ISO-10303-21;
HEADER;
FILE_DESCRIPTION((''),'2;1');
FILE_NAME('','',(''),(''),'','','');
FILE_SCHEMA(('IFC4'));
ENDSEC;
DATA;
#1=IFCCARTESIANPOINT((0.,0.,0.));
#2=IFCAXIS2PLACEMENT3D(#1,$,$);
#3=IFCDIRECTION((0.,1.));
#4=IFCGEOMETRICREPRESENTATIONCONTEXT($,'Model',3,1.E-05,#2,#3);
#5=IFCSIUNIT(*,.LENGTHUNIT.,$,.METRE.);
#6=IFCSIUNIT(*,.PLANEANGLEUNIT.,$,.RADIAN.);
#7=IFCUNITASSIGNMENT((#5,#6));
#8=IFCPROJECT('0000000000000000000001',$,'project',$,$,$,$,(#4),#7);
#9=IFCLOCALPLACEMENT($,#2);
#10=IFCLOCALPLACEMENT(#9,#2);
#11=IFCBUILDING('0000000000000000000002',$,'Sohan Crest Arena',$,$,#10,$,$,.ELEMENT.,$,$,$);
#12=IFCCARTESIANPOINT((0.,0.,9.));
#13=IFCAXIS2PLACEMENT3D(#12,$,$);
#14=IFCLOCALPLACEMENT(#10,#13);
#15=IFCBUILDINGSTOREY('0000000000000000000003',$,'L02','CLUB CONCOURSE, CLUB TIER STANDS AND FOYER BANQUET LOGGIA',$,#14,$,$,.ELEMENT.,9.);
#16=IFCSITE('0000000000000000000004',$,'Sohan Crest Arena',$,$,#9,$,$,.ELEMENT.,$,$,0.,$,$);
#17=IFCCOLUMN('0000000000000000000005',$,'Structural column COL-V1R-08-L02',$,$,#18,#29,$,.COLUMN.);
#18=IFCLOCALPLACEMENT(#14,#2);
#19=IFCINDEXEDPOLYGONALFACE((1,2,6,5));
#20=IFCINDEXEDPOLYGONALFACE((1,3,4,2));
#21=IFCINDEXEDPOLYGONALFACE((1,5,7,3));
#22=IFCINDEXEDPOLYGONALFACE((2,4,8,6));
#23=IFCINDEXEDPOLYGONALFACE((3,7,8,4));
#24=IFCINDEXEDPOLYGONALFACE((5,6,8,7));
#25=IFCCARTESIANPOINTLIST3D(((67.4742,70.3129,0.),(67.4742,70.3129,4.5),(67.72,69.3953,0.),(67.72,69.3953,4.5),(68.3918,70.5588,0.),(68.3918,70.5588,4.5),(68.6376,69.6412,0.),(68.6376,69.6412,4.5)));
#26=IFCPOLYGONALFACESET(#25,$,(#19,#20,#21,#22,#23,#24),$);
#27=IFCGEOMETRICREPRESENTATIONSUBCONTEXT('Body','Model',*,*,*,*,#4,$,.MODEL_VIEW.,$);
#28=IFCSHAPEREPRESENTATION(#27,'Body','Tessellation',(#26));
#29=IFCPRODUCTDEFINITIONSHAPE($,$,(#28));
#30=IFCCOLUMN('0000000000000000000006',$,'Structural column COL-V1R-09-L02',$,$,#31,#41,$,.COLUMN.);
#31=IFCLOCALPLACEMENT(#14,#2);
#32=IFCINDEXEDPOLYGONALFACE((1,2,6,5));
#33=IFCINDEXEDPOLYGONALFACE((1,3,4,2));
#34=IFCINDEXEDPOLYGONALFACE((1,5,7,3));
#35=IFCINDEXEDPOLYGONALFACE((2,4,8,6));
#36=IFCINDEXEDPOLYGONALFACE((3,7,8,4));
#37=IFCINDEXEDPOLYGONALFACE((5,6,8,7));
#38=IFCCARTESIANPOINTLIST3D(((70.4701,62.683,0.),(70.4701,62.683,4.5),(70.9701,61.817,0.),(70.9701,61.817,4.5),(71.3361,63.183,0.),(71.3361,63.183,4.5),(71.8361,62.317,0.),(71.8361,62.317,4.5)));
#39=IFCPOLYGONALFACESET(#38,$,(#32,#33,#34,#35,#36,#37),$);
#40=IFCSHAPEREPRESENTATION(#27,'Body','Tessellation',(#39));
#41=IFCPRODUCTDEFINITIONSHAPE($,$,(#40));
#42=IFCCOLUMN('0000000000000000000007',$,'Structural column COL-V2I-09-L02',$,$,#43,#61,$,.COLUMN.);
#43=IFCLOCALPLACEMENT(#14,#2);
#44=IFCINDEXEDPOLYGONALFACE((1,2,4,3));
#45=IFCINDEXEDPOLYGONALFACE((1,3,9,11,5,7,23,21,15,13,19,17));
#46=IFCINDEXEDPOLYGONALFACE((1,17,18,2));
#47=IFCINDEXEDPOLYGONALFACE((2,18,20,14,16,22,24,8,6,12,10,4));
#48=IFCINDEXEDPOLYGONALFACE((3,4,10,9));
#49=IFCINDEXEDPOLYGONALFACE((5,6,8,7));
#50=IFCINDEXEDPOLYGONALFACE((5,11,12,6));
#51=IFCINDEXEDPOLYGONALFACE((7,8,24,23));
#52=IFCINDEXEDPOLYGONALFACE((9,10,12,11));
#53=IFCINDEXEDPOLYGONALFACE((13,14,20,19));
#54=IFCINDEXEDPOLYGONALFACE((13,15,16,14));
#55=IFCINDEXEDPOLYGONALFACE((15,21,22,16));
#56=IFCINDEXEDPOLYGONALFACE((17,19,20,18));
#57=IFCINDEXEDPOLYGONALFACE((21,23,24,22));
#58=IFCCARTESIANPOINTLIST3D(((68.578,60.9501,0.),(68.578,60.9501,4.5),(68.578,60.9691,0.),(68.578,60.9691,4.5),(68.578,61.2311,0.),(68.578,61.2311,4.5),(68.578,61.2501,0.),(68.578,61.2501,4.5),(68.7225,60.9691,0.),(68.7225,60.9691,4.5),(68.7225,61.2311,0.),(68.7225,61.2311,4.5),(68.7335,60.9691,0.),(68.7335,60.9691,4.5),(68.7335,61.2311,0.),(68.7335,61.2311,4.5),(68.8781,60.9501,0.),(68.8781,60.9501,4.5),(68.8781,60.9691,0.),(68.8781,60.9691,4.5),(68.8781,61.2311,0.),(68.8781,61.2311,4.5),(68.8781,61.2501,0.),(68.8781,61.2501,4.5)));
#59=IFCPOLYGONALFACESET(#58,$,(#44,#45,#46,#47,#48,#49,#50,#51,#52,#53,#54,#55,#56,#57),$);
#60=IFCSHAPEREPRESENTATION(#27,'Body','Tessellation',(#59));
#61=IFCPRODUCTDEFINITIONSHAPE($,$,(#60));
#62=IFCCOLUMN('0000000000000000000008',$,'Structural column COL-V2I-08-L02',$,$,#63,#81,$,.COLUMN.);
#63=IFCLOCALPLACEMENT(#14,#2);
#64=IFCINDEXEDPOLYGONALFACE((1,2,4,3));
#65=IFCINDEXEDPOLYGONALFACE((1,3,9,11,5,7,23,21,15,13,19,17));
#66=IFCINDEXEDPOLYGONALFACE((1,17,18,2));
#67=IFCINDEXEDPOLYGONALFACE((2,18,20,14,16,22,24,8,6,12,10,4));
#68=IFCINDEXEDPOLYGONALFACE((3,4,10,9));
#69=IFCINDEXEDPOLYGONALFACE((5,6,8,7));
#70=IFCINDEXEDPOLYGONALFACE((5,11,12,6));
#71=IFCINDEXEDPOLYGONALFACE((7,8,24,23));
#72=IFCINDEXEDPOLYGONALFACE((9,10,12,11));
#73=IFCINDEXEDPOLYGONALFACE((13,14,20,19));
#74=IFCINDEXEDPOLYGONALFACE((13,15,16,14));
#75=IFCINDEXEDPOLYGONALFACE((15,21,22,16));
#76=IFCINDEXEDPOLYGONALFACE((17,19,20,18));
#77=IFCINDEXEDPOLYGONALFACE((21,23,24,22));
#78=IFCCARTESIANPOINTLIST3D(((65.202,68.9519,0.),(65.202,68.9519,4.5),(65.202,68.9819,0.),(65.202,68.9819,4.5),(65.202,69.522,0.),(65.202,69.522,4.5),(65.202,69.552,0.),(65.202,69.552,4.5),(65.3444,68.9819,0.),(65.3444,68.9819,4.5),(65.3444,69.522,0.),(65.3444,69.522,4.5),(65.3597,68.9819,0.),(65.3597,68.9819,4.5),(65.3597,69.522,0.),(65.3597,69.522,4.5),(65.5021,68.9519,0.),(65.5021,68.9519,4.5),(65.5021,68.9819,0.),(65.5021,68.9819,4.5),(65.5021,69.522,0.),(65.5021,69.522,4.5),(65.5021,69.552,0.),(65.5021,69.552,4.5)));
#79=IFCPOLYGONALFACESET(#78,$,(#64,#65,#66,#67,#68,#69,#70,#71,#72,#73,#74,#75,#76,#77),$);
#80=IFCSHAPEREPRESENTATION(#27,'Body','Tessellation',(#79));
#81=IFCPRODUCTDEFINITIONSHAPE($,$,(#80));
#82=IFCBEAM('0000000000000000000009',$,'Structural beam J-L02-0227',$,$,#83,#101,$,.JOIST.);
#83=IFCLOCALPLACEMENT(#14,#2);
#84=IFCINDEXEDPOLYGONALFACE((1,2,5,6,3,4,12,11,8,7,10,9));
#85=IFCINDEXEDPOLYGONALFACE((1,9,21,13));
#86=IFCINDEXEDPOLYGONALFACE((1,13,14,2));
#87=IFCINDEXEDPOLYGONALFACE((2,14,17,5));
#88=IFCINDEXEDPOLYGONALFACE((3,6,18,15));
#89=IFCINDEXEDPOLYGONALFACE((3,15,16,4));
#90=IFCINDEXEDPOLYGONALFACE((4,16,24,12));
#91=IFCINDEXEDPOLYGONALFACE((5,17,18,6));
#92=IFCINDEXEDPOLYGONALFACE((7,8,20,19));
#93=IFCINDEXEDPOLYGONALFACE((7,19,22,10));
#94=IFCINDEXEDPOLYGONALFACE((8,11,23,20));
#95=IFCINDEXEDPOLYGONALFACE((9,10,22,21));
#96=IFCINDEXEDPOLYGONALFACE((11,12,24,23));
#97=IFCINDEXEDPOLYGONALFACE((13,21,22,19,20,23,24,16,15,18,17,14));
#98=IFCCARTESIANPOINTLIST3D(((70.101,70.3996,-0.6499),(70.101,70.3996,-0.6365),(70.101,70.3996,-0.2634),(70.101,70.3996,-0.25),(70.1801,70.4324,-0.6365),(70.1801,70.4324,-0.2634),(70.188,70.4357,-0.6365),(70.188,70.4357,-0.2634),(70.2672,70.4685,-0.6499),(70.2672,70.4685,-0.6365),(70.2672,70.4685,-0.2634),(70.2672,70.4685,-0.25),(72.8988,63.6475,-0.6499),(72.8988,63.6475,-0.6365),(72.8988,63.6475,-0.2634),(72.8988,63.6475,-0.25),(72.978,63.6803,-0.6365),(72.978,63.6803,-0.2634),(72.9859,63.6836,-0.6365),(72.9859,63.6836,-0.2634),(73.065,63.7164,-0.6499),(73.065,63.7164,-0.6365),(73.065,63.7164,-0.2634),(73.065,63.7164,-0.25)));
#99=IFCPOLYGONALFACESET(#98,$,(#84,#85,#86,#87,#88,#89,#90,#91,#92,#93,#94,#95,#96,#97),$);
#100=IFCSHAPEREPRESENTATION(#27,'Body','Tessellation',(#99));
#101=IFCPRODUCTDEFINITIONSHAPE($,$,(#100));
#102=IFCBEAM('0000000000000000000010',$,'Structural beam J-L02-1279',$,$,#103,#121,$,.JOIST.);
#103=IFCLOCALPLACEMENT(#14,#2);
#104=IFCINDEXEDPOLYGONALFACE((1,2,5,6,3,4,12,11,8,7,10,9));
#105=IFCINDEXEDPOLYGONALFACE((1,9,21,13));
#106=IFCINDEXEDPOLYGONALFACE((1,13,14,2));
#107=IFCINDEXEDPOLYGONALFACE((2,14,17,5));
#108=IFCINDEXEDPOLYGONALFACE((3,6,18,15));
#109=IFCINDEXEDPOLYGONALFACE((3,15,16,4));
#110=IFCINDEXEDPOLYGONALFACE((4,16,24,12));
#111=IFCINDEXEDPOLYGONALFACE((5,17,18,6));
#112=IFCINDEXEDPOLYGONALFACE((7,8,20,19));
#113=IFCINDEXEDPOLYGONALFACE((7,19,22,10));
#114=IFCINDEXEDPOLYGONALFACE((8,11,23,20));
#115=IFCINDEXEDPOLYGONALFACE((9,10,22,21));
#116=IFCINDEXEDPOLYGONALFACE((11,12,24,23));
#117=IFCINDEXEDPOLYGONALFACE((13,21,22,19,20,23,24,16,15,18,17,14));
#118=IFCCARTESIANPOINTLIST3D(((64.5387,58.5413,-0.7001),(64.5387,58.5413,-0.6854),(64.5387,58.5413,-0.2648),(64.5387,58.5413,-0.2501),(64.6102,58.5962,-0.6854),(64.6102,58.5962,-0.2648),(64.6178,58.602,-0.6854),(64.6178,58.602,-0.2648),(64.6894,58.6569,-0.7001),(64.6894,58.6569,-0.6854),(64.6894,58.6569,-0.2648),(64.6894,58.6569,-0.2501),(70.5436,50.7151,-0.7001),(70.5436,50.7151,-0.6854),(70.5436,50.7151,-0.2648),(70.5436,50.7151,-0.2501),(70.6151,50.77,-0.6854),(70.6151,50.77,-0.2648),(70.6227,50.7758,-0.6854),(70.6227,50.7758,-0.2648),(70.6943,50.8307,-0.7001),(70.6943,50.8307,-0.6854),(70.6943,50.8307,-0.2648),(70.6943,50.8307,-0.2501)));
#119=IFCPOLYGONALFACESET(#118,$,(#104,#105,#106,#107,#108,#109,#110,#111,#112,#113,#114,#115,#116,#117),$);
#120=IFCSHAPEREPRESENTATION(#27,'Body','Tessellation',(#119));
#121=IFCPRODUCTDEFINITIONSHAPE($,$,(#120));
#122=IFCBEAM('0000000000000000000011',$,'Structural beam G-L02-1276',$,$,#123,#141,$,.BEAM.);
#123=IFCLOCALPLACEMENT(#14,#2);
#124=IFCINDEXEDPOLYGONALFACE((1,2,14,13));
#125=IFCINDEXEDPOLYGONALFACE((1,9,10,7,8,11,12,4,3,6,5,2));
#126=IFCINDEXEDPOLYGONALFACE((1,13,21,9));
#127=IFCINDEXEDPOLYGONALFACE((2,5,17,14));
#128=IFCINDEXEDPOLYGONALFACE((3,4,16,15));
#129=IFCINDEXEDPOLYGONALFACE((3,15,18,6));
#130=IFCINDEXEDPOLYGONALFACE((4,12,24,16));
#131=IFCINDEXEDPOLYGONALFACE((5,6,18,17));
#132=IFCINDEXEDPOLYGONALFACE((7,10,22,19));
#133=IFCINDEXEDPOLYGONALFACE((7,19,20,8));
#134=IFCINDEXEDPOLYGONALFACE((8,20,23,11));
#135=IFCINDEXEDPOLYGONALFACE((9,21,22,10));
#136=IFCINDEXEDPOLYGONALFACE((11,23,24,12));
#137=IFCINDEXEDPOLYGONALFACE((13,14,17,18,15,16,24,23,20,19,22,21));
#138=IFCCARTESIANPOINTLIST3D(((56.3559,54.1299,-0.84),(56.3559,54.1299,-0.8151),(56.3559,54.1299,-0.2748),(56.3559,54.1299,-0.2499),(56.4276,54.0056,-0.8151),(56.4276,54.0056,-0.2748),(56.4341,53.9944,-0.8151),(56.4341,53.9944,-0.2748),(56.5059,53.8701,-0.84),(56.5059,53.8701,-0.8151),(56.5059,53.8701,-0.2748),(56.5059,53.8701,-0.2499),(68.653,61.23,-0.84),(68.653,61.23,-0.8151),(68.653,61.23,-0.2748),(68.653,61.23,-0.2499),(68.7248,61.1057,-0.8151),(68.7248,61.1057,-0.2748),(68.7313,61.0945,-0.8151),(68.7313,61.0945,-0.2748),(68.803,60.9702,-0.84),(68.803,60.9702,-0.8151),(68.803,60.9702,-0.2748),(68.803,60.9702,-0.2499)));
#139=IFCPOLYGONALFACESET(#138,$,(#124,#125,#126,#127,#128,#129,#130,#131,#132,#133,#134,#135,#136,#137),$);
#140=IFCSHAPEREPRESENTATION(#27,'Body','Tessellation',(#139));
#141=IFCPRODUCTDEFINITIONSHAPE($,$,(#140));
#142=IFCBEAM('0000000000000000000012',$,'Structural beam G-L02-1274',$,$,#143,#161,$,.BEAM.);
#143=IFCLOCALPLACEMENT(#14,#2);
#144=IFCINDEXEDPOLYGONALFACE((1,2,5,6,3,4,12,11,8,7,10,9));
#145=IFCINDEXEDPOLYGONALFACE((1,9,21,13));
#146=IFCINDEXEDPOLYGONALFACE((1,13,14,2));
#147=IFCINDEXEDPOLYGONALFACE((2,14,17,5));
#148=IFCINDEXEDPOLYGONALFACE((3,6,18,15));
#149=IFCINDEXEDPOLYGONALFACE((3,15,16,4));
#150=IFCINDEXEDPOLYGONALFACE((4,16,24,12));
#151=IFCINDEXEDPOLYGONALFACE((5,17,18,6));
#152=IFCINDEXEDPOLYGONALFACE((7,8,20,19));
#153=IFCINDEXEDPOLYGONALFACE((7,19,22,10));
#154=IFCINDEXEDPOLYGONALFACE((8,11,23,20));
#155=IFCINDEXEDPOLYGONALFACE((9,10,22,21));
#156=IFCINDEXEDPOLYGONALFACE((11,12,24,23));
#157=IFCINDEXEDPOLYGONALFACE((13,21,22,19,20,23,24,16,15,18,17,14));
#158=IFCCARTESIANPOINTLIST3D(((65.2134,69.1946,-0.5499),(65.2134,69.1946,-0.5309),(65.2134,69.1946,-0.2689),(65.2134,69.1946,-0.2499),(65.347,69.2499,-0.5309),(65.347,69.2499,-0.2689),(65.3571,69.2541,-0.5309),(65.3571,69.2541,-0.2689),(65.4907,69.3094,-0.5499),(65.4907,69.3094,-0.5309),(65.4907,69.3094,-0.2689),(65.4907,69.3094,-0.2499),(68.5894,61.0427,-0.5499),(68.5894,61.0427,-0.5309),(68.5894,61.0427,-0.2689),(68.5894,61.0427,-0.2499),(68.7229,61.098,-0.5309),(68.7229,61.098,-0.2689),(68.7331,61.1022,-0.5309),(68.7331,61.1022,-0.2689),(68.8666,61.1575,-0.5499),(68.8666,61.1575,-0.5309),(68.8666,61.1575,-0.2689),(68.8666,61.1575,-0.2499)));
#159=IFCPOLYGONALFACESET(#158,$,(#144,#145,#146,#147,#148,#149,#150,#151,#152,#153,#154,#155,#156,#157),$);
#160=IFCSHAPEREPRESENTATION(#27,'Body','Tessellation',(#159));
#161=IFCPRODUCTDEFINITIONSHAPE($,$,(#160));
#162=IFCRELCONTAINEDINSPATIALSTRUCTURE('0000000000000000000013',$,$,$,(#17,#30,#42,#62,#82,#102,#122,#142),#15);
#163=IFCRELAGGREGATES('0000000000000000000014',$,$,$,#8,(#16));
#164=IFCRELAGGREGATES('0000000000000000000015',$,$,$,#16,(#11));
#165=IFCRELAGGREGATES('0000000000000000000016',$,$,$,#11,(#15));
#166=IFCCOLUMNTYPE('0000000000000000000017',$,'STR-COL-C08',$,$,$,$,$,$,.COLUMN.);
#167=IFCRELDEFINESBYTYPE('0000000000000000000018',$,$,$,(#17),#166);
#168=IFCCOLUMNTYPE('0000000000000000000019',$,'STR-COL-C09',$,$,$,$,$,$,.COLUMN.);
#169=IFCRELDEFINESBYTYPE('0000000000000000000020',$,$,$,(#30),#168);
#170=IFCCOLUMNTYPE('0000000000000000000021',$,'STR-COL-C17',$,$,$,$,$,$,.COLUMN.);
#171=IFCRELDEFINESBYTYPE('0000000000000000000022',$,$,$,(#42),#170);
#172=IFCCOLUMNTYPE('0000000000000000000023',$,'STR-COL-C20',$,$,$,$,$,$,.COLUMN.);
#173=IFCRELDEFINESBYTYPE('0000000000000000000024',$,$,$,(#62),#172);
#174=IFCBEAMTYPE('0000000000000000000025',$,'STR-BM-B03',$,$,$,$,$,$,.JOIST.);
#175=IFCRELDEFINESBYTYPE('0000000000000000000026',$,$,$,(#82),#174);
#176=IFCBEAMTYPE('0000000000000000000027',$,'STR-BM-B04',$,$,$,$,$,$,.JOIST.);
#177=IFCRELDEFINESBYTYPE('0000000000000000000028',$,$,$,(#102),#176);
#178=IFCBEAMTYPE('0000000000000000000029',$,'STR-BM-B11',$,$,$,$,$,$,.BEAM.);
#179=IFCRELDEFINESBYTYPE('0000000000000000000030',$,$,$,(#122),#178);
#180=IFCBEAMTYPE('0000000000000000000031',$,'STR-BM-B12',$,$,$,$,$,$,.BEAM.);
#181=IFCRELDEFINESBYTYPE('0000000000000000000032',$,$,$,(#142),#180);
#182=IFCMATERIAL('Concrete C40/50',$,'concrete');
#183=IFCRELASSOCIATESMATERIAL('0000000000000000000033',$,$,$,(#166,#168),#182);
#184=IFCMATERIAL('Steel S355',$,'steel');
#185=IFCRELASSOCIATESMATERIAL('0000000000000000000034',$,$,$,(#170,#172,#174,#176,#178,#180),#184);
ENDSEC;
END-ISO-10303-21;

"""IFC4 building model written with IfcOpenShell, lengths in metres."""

from ifc_helpers import new_model, si_unit, direction, frame, origin, origin_2d, place, context, subcontext, project, spatial, rectangle, i_section, extrude, material, material_profile, profile_set, type_object, element, save


model = new_model("IFC4")

# Units and contexts
model_context = context("Model", 3, precision=1e-05, world=origin(), true_north=direction((0.0, 1.0)))
body_context = subcontext(model_context, "Body", "Model", "MODEL_VIEW")
ifc_project = project(units=[si_unit("LENGTHUNIT", "METRE"), si_unit("PLANEANGLEUNIT", "RADIAN")], contexts=[model_context])

# Site, building, storey
site_placement = place(None, origin())
site = spatial("IfcSite", under=ifc_project, at=site_placement, Name="Sohan Crest Arena", CompositionType="ELEMENT", RefElevation=0.0)
building_placement = place(site_placement, origin())
building = spatial("IfcBuilding", under=site, at=building_placement, Name="Sohan Crest Arena", CompositionType="ELEMENT")
storey_placement = place(building_placement, frame((0.0, 0.0, 9.0)))
storey = spatial("IfcBuildingStorey", under=building, at=storey_placement, Name="L02", Description="CLUB CONCOURSE, CLUB TIER STANDS AND FOYER BANQUET LOGGIA", CompositionType="ELEMENT", Elevation=9.0)

# Columns
ifc_material_1 = material(Name="Concrete C40/50", Category="concrete")
ifc_material_profile_1 = material_profile(ifc_material_1, rectangle(XDim=0.95, YDim=0.95, at=origin_2d()), Name="RC 950x950")
ifc_profile_set_1 = profile_set([ifc_material_profile_1], Name="Concrete C40/50")
column_type_1 = type_object("IfcColumnType", Name="STR-COL-C08", PredefinedType="COLUMN", material=ifc_profile_set_1)
column_1_placement = place(storey_placement, frame((68.0559, 69.9771, 0.0), z_axis=(0.0, 0.0, 1.0), x_axis=(0.965926, 0.258819, 0.0)))
element("IfcColumn", 1, at=column_1_placement, inside=storey, type_object=column_type_1, Name="Structural column COL-V1R-08-L02", PredefinedType="COLUMN", context=body_context, shape_type="SweptSolid", body=[
    extrude(rectangle(XDim=0.95, YDim=0.95, at=origin_2d()), origin(), (0.0, 0.0, 1.0), 4.5),
])
ifc_material_profile_2 = material_profile(ifc_material_1, rectangle(XDim=1.0, YDim=1.0, at=origin_2d()), Name="RC 1000x1000")
ifc_profile_set_2 = profile_set([ifc_material_profile_2], Name="Concrete C40/50")
column_type_2 = type_object("IfcColumnType", Name="STR-COL-C09", PredefinedType="COLUMN", material=ifc_profile_set_2)
column_2_placement = place(storey_placement, frame((71.1531, 62.5, 0.0), z_axis=(0.0, 0.0, 1.0), x_axis=(0.866025, 0.5, 0.0)))
element("IfcColumn", 2, at=column_2_placement, inside=storey, type_object=column_type_2, Name="Structural column COL-V1R-09-L02", PredefinedType="COLUMN", context=body_context, shape_type="SweptSolid", body=[
    extrude(rectangle(XDim=1.0, YDim=1.0, at=origin_2d()), origin(), (0.0, 0.0, 1.0), 4.5),
])
ifc_material_2 = material(Name="Steel S355", Category="steel")
ifc_material_profile_3 = material_profile(ifc_material_2, i_section(OverallWidth=0.3, OverallDepth=0.3, WebThickness=0.011, FlangeThickness=0.019, at=origin_2d()), Name="HEB 300")
ifc_profile_set_3 = profile_set([ifc_material_profile_3], Name="Steel S355")
column_type_3 = type_object("IfcColumnType", Name="STR-COL-C17", PredefinedType="COLUMN", material=ifc_profile_set_3)
column_3_placement = place(storey_placement, frame((68.728, 61.1001, 0.0), z_axis=(0.0, 0.0, 1.0), x_axis=(1.0, 0.0, 0.0)))
element("IfcColumn", 3, at=column_3_placement, inside=storey, type_object=column_type_3, Name="Structural column COL-V2I-09-L02", PredefinedType="COLUMN", context=body_context, shape_type="SweptSolid", body=[
    extrude(i_section(OverallWidth=0.3, OverallDepth=0.3, WebThickness=0.011, FlangeThickness=0.019, at=origin_2d()), origin(), (0.0, 0.0, 1.0), 4.5),
])
ifc_material_profile_4 = material_profile(ifc_material_2, i_section(OverallWidth=0.3, OverallDepth=0.6001, WebThickness=0.0154, FlangeThickness=0.03, at=origin_2d()), Name="HEB 600")
ifc_profile_set_4 = profile_set([ifc_material_profile_4], Name="Steel S355")
column_type_4 = type_object("IfcColumnType", Name="STR-COL-C20", PredefinedType="COLUMN", material=ifc_profile_set_4)
column_4_placement = place(storey_placement, frame((65.3521, 69.252, 0.0), z_axis=(0.0, 0.0, 1.0), x_axis=(1.0, 0.0, 0.0)))
element("IfcColumn", 4, at=column_4_placement, inside=storey, type_object=column_type_4, Name="Structural column COL-V2I-08-L02", PredefinedType="COLUMN", context=body_context, shape_type="SweptSolid", body=[
    extrude(i_section(OverallWidth=0.3, OverallDepth=0.6001, WebThickness=0.0154, FlangeThickness=0.03, at=origin_2d()), origin(), (0.0, 0.0, 1.0), 4.5),
])

# Beams
ifc_material_profile_5 = material_profile(ifc_material_2, i_section(OverallWidth=0.1799, OverallDepth=0.3999, WebThickness=0.0085, FlangeThickness=0.0134, at=origin_2d()), Name="IPE 400")
ifc_profile_set_5 = profile_set([ifc_material_profile_5], Name="Steel S355")
beam_type_1 = type_object("IfcBeamType", Name="STR-BM-B03", PredefinedType="JOIST", material=ifc_profile_set_5)
beam_1_placement = place(storey_placement, frame((70.1841, 70.4341, -0.45), z_axis=(0.3828, -0.923831, 0.0), x_axis=(0.923831, 0.3828, 0.0)))
element("IfcBeam", 5, at=beam_1_placement, inside=storey, type_object=beam_type_1, Name="Structural beam J-L02-0227", PredefinedType="JOIST", context=body_context, shape_type="SweptSolid", body=[
    extrude(i_section(OverallWidth=0.1799, OverallDepth=0.3999, WebThickness=0.0085, FlangeThickness=0.0134, at=origin_2d()), origin(), (0.0, 0.0, 1.0), 7.3088),
])
ifc_material_profile_6 = material_profile(ifc_material_2, i_section(OverallWidth=0.1899, OverallDepth=0.45, WebThickness=0.0095, FlangeThickness=0.0146, at=origin_2d()), Name="IPE 450")
ifc_profile_set_6 = profile_set([ifc_material_profile_6], Name="Steel S355")
beam_type_2 = type_object("IfcBeamType", Name="STR-BM-B04", PredefinedType="JOIST", material=ifc_profile_set_6)
beam_2_placement = place(storey_placement, frame((64.614, 58.5991, -0.4751), z_axis=(0.608739, -0.79337, 0.0), x_axis=(0.79337, 0.608739, 0.0)))
element("IfcBeam", 6, at=beam_2_placement, inside=storey, type_object=beam_type_2, Name="Structural beam J-L02-1279", PredefinedType="JOIST", context=body_context, shape_type="SweptSolid", body=[
    extrude(i_section(OverallWidth=0.1899, OverallDepth=0.45, WebThickness=0.0095, FlangeThickness=0.0146, at=origin_2d()), origin(), (0.0, 0.0, 1.0), 9.8645),
])
ifc_material_profile_7 = material_profile(ifc_material_2, i_section(OverallWidth=0.3, OverallDepth=0.5901, WebThickness=0.0129, FlangeThickness=0.0249, at=origin_2d()), Name="HEA 600")
ifc_profile_set_7 = profile_set([ifc_material_profile_7], Name="Steel S355")
beam_type_3 = type_object("IfcBeamType", Name="STR-BM-B11", PredefinedType="BEAM", material=ifc_profile_set_7)
beam_3_placement = place(storey_placement, frame((68.728, 61.1001, -0.5449), z_axis=(-0.866015, -0.500019, 0.0), x_axis=(0.500019, -0.866015, 0.0)))
element("IfcBeam", 7, at=beam_3_placement, inside=storey, type_object=beam_type_3, Name="Structural beam G-L02-1276", PredefinedType="BEAM", context=body_context, shape_type="SweptSolid", body=[
    extrude(i_section(OverallWidth=0.3, OverallDepth=0.5901, WebThickness=0.0129, FlangeThickness=0.0249, at=origin_2d()), origin(), (0.0, 0.0, 1.0), 14.1997),
])
ifc_material_profile_8 = material_profile(ifc_material_2, i_section(OverallWidth=0.3, OverallDepth=0.3, WebThickness=0.011, FlangeThickness=0.019, at=origin_2d()), Name="HEB 300")
ifc_profile_set_8 = profile_set([ifc_material_profile_8], Name="Steel S355")
beam_type_4 = type_object("IfcBeamType", Name="STR-BM-B12", PredefinedType="BEAM", material=ifc_profile_set_8)
beam_4_placement = place(storey_placement, frame((65.3521, 69.252, -0.3999), z_axis=(0.382622, -0.923905, 0.0), x_axis=(0.923905, 0.382622, 0.0)))
element("IfcBeam", 8, at=beam_4_placement, inside=storey, type_object=beam_type_4, Name="Structural beam G-L02-1274", PredefinedType="BEAM", context=body_context, shape_type="SweptSolid", body=[
    extrude(i_section(OverallWidth=0.3, OverallDepth=0.3, WebThickness=0.011, FlangeThickness=0.019, at=origin_2d()), origin(), (0.0, 0.0, 1.0), 8.8232),
])

save(model, "model.ifc")
